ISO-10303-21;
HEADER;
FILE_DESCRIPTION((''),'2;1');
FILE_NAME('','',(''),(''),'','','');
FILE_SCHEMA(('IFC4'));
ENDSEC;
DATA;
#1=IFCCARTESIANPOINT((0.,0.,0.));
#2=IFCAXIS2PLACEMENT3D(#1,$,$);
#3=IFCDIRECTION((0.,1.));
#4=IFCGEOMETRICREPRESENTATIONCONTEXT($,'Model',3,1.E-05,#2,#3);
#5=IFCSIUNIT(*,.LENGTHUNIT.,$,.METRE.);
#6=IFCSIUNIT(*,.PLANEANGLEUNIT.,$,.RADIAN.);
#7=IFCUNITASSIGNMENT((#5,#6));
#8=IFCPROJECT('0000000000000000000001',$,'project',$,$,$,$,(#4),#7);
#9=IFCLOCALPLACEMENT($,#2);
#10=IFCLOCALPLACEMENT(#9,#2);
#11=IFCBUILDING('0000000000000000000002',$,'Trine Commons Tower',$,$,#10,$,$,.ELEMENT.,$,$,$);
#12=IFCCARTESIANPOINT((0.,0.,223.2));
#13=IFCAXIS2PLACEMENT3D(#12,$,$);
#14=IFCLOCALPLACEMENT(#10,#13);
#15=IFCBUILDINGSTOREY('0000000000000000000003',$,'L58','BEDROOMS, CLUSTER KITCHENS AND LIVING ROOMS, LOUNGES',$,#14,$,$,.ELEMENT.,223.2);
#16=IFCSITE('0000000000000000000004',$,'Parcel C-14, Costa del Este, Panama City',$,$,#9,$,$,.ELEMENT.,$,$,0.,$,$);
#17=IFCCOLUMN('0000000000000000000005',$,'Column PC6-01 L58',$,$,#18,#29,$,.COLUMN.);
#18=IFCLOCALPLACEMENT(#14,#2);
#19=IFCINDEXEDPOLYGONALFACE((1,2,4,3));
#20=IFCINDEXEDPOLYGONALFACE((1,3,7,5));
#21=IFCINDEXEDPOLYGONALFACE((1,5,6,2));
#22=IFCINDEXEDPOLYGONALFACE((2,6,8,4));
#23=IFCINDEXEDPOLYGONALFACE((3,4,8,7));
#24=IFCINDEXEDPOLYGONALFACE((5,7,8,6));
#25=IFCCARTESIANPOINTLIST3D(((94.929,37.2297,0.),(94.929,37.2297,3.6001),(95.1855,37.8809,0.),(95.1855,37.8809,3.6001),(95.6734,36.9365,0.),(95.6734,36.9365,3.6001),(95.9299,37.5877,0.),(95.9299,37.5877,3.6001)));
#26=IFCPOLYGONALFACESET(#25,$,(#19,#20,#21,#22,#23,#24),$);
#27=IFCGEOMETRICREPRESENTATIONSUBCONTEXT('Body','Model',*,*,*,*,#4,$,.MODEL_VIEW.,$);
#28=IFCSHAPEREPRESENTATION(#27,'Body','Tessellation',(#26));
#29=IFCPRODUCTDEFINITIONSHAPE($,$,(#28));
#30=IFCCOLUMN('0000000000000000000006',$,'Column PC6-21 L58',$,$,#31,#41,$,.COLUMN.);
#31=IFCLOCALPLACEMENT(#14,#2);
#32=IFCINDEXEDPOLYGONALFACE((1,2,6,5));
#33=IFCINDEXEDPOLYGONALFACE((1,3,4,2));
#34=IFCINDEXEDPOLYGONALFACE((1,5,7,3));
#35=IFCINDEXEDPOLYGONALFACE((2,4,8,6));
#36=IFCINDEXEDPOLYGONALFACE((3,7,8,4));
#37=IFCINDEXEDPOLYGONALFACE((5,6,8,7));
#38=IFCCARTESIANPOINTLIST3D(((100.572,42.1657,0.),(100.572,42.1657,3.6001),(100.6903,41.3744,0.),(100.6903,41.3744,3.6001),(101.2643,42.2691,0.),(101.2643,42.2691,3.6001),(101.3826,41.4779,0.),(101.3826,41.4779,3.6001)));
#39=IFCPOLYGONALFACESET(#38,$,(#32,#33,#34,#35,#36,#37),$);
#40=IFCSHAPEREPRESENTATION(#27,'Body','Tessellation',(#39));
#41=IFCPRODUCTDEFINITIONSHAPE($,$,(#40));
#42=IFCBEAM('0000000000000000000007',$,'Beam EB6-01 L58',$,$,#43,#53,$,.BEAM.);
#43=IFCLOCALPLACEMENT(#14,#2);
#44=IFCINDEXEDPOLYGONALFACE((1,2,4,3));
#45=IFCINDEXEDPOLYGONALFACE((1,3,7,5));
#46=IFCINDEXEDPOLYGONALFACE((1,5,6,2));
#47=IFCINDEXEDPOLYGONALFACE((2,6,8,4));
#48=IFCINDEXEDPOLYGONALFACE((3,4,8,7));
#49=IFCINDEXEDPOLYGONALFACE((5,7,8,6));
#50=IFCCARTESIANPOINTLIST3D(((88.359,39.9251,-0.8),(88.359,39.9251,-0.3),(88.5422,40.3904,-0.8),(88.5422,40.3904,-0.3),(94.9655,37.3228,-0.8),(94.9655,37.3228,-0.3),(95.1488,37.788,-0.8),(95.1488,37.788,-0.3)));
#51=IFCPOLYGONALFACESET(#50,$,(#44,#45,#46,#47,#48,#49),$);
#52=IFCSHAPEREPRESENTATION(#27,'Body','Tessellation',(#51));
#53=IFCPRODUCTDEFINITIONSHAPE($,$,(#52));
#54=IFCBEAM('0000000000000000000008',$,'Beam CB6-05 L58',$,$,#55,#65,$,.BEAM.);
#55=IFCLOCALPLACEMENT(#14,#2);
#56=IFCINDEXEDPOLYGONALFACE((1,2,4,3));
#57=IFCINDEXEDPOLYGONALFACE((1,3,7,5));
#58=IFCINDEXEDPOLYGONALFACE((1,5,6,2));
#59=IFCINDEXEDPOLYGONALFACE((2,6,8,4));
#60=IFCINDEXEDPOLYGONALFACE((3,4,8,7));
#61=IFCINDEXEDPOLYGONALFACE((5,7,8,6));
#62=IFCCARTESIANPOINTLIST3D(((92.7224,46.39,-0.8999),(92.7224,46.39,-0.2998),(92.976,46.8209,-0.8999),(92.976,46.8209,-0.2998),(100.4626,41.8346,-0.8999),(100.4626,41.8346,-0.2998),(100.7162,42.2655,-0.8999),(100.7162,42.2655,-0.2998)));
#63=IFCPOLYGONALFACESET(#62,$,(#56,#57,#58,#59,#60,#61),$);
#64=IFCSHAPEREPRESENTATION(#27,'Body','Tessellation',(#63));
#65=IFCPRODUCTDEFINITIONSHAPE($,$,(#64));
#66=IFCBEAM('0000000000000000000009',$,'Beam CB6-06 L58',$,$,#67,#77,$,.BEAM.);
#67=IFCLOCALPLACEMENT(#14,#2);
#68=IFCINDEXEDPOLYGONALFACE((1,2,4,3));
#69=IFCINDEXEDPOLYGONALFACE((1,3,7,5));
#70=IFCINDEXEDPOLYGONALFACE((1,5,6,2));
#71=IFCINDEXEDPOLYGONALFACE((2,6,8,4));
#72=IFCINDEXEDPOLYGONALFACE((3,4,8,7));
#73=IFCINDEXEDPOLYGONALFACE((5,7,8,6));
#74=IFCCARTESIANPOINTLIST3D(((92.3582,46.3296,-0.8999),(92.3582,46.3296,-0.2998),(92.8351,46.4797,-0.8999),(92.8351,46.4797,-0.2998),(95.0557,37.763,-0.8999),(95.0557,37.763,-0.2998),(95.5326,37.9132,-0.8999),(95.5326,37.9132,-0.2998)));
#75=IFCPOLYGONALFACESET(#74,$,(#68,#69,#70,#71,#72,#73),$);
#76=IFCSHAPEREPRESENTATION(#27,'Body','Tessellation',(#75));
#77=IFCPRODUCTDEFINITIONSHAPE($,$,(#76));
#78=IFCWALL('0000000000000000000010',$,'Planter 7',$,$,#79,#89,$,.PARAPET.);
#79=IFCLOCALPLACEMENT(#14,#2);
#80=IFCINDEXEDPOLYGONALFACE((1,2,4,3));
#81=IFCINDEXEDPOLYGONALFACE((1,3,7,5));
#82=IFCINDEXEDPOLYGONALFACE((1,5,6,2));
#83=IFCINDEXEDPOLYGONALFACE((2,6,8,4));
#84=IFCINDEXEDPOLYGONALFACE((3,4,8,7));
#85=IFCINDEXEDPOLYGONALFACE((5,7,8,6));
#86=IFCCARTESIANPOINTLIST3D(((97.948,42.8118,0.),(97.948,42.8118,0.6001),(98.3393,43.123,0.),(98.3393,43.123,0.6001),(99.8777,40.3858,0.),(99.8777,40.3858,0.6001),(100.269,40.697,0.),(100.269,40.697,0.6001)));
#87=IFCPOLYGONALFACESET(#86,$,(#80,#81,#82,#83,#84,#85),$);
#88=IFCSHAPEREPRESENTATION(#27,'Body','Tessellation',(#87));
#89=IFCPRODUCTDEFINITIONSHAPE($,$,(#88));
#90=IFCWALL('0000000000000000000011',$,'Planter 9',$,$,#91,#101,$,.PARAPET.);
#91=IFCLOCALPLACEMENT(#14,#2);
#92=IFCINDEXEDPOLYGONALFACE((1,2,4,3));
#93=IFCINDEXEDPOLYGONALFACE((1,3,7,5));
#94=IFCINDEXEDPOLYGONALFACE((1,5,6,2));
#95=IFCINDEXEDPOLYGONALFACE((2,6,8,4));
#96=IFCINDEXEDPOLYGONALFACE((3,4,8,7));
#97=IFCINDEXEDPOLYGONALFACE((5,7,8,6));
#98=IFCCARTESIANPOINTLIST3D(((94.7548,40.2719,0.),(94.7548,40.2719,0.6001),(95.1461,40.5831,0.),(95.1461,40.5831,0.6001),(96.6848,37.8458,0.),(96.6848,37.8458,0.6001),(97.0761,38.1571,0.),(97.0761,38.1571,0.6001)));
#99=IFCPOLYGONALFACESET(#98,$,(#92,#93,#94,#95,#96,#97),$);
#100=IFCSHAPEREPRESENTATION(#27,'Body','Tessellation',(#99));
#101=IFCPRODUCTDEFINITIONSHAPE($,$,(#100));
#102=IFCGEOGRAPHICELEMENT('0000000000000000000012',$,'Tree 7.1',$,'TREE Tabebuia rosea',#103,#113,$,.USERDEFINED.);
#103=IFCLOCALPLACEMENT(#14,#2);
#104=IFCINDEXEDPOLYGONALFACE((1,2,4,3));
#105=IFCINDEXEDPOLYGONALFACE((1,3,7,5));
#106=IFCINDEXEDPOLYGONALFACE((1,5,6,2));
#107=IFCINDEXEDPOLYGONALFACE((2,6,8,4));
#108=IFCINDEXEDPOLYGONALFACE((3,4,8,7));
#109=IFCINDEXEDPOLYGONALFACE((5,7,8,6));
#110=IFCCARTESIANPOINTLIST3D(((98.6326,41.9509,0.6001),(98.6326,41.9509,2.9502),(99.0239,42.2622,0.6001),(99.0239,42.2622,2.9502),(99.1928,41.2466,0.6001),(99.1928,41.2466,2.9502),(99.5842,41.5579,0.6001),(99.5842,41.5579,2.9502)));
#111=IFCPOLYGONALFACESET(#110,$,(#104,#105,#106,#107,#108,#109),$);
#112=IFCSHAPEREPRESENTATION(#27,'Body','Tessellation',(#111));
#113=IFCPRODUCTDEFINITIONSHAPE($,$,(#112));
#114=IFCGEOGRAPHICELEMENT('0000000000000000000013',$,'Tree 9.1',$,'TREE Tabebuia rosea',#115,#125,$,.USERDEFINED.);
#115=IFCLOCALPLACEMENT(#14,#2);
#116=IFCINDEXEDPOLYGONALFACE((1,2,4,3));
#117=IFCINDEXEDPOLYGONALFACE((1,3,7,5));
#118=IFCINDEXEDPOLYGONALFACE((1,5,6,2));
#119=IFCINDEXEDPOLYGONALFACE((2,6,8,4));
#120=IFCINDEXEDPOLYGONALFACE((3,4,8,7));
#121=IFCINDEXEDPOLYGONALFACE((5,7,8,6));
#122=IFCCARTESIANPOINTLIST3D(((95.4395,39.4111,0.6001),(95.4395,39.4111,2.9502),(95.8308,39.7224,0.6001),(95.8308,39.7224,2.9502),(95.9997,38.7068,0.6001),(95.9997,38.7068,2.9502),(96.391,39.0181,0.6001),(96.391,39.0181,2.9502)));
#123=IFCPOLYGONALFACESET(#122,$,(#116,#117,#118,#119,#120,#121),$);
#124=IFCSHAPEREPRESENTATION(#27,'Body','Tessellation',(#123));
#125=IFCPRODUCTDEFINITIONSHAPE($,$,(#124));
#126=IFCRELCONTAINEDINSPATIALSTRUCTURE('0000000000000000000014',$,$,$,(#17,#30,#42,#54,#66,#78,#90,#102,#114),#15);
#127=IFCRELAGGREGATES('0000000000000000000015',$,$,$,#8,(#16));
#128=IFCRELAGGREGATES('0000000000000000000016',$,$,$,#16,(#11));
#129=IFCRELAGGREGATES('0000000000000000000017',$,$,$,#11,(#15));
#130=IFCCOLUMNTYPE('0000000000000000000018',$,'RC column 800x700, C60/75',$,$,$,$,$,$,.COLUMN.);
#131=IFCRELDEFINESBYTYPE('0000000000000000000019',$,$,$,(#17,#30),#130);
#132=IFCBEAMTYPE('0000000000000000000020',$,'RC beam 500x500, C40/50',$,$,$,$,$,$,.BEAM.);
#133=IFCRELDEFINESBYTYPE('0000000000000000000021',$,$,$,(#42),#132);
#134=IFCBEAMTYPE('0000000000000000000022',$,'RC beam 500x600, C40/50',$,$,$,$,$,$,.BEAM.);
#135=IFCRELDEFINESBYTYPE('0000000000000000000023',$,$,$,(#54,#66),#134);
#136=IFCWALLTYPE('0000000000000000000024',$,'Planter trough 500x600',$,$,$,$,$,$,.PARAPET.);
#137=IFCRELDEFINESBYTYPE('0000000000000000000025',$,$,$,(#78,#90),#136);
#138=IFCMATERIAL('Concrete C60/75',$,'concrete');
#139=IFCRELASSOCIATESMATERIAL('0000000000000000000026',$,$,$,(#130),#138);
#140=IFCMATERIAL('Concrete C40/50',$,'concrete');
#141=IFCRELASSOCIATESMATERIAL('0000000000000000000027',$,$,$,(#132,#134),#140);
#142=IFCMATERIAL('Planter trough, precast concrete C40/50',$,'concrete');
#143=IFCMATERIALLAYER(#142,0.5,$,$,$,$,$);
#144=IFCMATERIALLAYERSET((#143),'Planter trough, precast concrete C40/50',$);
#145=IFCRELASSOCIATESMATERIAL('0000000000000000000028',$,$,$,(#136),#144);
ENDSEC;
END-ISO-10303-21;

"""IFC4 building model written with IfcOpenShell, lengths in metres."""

from ifc_helpers import new_model, si_unit, direction, frame, frame_2d, origin, origin_2d, place, context, subcontext, project, spatial, rectangle, extrude, material, layer, layer_set, material_profile, profile_set, type_object, element, save


model = new_model("IFC4")

# Units and contexts
model_context = context("Model", 3, precision=1e-05, world=origin(), true_north=direction((0.0, 1.0)))
body_context = subcontext(model_context, "Body", "Model", "MODEL_VIEW")
ifc_project = project(units=[si_unit("LENGTHUNIT", "METRE"), si_unit("PLANEANGLEUNIT", "RADIAN")], contexts=[model_context])

# Site, building, storey
site_placement = place(None, origin())
site = spatial("IfcSite", under=ifc_project, at=site_placement, Name="Parcel C-14, Costa del Este, Panama City", CompositionType="ELEMENT", RefElevation=0.0)
building_placement = place(site_placement, origin())
building = spatial("IfcBuilding", under=site, at=building_placement, Name="Trine Commons Tower", CompositionType="ELEMENT")
storey_placement = place(building_placement, frame((0.0, 0.0, 223.2)))
storey = spatial("IfcBuildingStorey", under=building, at=storey_placement, Name="L58", Description="BEDROOMS, CLUSTER KITCHENS AND LIVING ROOMS, LOUNGES", CompositionType="ELEMENT", Elevation=223.2)

# Columns
ifc_material_1 = material(Name="Concrete C60/75", Category="concrete")
ifc_material_profile_1 = material_profile(ifc_material_1, rectangle(XDim=0.8, YDim=0.7, at=origin_2d()), Name="RC 800x700")
ifc_profile_set_1 = profile_set([ifc_material_profile_1], Name="Concrete C60/75")
column_type = type_object("IfcColumnType", Name="RC column 800x700, C60/75", PredefinedType="COLUMN", material=ifc_profile_set_1)
for number, where, z_axis, x_axis, name in (
    (1, (95.4294, 37.4087, 0.0), (0.0, 0.0, 1.0), (-0.930418, 0.366501, 0.0), "Column PC6-01 L58"),
    (2, (100.9773, 41.8218, 0.0), (0.0, 0.0, 1.0), (-0.147809, 0.989016, 0.0), "Column PC6-21 L58"),
):
    element("IfcColumn", number, at=place(storey_placement, frame(where, z_axis=z_axis, x_axis=x_axis)), inside=storey, type_object=column_type, Name=name, PredefinedType="COLUMN", context=body_context, shape_type="SweptSolid", body=[
        extrude(rectangle(XDim=0.8, YDim=0.7, at=origin_2d()), origin(), (0.0, 0.0, 1.0), 3.6001),
    ])

# Beams
ifc_material_2 = material(Name="Concrete C40/50", Category="concrete")
ifc_material_profile_2 = material_profile(ifc_material_2, rectangle(XDim=0.5, YDim=0.5, at=origin_2d()), Name="RC 500x500")
ifc_profile_set_2 = profile_set([ifc_material_profile_2], Name="Concrete C40/50")
beam_type_1 = type_object("IfcBeamType", Name="RC beam 500x500, C40/50", PredefinedType="BEAM", material=ifc_profile_set_2)
beam_placement = place(storey_placement, frame((95.0571, 37.5554, -0.55), z_axis=(-0.93042, 0.366495, 0.0), x_axis=(-0.366495, -0.93042, 0.0)))
element("IfcBeam", 3, at=beam_placement, inside=storey, type_object=beam_type_1, Name="Beam EB6-01 L58", PredefinedType="BEAM", context=body_context, shape_type="SweptSolid", body=[
    extrude(rectangle(XDim=0.5, YDim=0.5, at=origin_2d()), origin(), (0.0, 0.0, 1.0), 7.1006),
])
ifc_material_profile_3 = material_profile(ifc_material_2, rectangle(XDim=0.5, YDim=0.6001, at=origin_2d()), Name="RC 500x600")
ifc_profile_set_3 = profile_set([ifc_material_profile_3], Name="Concrete C40/50")
beam_type_2 = type_object("IfcBeamType", Name="RC beam 500x600, C40/50", PredefinedType="BEAM", material=ifc_profile_set_3)
for number, where, z_axis, x_axis, name in (
    (4, (100.5894, 42.05, -0.5999), (-0.86182, 0.507214, 0.0), (-0.507214, -0.86182, 0.0), "Beam CB6-05 L58"),
    (5, (95.2942, 37.8381, -0.5999), (-0.300355, 0.953828, 0.0), (-0.953828, -0.300355, 0.0), "Beam CB6-06 L58"),
):
    element("IfcBeam", number, at=place(storey_placement, frame(where, z_axis=z_axis, x_axis=x_axis)), inside=storey, type_object=beam_type_2, Name=name, PredefinedType="BEAM", context=body_context, shape_type="SweptSolid", body=[
        extrude(rectangle(XDim=0.5, YDim=0.6001, at=origin_2d()), origin(), (0.0, 0.0, 1.0), 8.9812),
    ])

# Walls
ifc_material_3 = material(Name="Planter trough, precast concrete C40/50", Category="concrete")
ifc_layer_1 = layer(ifc_material_3, 0.5)
ifc_layer_set_1 = layer_set([ifc_layer_1], Name="Planter trough, precast concrete C40/50")
wall_type_1 = type_object("IfcWallType", Name="Planter trough 500x600", PredefinedType="PARAPET", material=ifc_layer_set_1)
wall_1_placement = place(storey_placement, frame((100.0732, 40.5415, 0.0), z_axis=(0.0, 0.0, 1.0), x_axis=(-0.622503, 0.782618, 0.0)))
element("IfcWall", 6, at=wall_1_placement, inside=storey, type_object=wall_type_1, Name="Planter 7", PredefinedType="PARAPET", context=body_context, shape_type="SweptSolid", body=[
    extrude(rectangle(XDim=3.0999, YDim=0.5, at=frame_2d((1.5498, 0.0))), origin(), (0.0, 0.0, 1.0), 0.6001),
])
wall_2_placement = place(storey_placement, frame((94.9504, 40.4275, 0.0), z_axis=(0.0, 0.0, 1.0), x_axis=(0.622551, -0.782579, 0.0)))
element("IfcWall", 7, at=wall_2_placement, inside=storey, type_object=wall_type_1, Name="Planter 9", PredefinedType="PARAPET", context=body_context, shape_type="SweptSolid", body=[
    extrude(rectangle(XDim=3.1001, YDim=0.5, at=frame_2d((1.55, 0.0))), origin(), (0.0, 0.0, 1.0), 0.6001),
])

# Geographic elements
for number, where, z_axis, x_axis, name in (
    (8, (99.1084, 41.7544, 0.6001), (0.0, 0.0, 1.0), (-0.622516, 0.782607, 0.0), "Tree 7.1"),
    (9, (95.9153, 39.2146, 0.6001), (0.0, 0.0, 1.0), (0.622516, -0.782607, 0.0), "Tree 9.1"),
):
    element("IfcGeographicElement", number, at=place(storey_placement, frame(where, z_axis=z_axis, x_axis=x_axis)), inside=storey, Name=name, ObjectType="TREE Tabebuia rosea", PredefinedType="USERDEFINED", context=body_context, shape_type="SweptSolid", body=[
        extrude(rectangle(XDim=0.8999, YDim=0.5, at=origin_2d()), origin(), (0.0, 0.0, 1.0), 2.3501),
    ])

save(model, "model.ifc")
